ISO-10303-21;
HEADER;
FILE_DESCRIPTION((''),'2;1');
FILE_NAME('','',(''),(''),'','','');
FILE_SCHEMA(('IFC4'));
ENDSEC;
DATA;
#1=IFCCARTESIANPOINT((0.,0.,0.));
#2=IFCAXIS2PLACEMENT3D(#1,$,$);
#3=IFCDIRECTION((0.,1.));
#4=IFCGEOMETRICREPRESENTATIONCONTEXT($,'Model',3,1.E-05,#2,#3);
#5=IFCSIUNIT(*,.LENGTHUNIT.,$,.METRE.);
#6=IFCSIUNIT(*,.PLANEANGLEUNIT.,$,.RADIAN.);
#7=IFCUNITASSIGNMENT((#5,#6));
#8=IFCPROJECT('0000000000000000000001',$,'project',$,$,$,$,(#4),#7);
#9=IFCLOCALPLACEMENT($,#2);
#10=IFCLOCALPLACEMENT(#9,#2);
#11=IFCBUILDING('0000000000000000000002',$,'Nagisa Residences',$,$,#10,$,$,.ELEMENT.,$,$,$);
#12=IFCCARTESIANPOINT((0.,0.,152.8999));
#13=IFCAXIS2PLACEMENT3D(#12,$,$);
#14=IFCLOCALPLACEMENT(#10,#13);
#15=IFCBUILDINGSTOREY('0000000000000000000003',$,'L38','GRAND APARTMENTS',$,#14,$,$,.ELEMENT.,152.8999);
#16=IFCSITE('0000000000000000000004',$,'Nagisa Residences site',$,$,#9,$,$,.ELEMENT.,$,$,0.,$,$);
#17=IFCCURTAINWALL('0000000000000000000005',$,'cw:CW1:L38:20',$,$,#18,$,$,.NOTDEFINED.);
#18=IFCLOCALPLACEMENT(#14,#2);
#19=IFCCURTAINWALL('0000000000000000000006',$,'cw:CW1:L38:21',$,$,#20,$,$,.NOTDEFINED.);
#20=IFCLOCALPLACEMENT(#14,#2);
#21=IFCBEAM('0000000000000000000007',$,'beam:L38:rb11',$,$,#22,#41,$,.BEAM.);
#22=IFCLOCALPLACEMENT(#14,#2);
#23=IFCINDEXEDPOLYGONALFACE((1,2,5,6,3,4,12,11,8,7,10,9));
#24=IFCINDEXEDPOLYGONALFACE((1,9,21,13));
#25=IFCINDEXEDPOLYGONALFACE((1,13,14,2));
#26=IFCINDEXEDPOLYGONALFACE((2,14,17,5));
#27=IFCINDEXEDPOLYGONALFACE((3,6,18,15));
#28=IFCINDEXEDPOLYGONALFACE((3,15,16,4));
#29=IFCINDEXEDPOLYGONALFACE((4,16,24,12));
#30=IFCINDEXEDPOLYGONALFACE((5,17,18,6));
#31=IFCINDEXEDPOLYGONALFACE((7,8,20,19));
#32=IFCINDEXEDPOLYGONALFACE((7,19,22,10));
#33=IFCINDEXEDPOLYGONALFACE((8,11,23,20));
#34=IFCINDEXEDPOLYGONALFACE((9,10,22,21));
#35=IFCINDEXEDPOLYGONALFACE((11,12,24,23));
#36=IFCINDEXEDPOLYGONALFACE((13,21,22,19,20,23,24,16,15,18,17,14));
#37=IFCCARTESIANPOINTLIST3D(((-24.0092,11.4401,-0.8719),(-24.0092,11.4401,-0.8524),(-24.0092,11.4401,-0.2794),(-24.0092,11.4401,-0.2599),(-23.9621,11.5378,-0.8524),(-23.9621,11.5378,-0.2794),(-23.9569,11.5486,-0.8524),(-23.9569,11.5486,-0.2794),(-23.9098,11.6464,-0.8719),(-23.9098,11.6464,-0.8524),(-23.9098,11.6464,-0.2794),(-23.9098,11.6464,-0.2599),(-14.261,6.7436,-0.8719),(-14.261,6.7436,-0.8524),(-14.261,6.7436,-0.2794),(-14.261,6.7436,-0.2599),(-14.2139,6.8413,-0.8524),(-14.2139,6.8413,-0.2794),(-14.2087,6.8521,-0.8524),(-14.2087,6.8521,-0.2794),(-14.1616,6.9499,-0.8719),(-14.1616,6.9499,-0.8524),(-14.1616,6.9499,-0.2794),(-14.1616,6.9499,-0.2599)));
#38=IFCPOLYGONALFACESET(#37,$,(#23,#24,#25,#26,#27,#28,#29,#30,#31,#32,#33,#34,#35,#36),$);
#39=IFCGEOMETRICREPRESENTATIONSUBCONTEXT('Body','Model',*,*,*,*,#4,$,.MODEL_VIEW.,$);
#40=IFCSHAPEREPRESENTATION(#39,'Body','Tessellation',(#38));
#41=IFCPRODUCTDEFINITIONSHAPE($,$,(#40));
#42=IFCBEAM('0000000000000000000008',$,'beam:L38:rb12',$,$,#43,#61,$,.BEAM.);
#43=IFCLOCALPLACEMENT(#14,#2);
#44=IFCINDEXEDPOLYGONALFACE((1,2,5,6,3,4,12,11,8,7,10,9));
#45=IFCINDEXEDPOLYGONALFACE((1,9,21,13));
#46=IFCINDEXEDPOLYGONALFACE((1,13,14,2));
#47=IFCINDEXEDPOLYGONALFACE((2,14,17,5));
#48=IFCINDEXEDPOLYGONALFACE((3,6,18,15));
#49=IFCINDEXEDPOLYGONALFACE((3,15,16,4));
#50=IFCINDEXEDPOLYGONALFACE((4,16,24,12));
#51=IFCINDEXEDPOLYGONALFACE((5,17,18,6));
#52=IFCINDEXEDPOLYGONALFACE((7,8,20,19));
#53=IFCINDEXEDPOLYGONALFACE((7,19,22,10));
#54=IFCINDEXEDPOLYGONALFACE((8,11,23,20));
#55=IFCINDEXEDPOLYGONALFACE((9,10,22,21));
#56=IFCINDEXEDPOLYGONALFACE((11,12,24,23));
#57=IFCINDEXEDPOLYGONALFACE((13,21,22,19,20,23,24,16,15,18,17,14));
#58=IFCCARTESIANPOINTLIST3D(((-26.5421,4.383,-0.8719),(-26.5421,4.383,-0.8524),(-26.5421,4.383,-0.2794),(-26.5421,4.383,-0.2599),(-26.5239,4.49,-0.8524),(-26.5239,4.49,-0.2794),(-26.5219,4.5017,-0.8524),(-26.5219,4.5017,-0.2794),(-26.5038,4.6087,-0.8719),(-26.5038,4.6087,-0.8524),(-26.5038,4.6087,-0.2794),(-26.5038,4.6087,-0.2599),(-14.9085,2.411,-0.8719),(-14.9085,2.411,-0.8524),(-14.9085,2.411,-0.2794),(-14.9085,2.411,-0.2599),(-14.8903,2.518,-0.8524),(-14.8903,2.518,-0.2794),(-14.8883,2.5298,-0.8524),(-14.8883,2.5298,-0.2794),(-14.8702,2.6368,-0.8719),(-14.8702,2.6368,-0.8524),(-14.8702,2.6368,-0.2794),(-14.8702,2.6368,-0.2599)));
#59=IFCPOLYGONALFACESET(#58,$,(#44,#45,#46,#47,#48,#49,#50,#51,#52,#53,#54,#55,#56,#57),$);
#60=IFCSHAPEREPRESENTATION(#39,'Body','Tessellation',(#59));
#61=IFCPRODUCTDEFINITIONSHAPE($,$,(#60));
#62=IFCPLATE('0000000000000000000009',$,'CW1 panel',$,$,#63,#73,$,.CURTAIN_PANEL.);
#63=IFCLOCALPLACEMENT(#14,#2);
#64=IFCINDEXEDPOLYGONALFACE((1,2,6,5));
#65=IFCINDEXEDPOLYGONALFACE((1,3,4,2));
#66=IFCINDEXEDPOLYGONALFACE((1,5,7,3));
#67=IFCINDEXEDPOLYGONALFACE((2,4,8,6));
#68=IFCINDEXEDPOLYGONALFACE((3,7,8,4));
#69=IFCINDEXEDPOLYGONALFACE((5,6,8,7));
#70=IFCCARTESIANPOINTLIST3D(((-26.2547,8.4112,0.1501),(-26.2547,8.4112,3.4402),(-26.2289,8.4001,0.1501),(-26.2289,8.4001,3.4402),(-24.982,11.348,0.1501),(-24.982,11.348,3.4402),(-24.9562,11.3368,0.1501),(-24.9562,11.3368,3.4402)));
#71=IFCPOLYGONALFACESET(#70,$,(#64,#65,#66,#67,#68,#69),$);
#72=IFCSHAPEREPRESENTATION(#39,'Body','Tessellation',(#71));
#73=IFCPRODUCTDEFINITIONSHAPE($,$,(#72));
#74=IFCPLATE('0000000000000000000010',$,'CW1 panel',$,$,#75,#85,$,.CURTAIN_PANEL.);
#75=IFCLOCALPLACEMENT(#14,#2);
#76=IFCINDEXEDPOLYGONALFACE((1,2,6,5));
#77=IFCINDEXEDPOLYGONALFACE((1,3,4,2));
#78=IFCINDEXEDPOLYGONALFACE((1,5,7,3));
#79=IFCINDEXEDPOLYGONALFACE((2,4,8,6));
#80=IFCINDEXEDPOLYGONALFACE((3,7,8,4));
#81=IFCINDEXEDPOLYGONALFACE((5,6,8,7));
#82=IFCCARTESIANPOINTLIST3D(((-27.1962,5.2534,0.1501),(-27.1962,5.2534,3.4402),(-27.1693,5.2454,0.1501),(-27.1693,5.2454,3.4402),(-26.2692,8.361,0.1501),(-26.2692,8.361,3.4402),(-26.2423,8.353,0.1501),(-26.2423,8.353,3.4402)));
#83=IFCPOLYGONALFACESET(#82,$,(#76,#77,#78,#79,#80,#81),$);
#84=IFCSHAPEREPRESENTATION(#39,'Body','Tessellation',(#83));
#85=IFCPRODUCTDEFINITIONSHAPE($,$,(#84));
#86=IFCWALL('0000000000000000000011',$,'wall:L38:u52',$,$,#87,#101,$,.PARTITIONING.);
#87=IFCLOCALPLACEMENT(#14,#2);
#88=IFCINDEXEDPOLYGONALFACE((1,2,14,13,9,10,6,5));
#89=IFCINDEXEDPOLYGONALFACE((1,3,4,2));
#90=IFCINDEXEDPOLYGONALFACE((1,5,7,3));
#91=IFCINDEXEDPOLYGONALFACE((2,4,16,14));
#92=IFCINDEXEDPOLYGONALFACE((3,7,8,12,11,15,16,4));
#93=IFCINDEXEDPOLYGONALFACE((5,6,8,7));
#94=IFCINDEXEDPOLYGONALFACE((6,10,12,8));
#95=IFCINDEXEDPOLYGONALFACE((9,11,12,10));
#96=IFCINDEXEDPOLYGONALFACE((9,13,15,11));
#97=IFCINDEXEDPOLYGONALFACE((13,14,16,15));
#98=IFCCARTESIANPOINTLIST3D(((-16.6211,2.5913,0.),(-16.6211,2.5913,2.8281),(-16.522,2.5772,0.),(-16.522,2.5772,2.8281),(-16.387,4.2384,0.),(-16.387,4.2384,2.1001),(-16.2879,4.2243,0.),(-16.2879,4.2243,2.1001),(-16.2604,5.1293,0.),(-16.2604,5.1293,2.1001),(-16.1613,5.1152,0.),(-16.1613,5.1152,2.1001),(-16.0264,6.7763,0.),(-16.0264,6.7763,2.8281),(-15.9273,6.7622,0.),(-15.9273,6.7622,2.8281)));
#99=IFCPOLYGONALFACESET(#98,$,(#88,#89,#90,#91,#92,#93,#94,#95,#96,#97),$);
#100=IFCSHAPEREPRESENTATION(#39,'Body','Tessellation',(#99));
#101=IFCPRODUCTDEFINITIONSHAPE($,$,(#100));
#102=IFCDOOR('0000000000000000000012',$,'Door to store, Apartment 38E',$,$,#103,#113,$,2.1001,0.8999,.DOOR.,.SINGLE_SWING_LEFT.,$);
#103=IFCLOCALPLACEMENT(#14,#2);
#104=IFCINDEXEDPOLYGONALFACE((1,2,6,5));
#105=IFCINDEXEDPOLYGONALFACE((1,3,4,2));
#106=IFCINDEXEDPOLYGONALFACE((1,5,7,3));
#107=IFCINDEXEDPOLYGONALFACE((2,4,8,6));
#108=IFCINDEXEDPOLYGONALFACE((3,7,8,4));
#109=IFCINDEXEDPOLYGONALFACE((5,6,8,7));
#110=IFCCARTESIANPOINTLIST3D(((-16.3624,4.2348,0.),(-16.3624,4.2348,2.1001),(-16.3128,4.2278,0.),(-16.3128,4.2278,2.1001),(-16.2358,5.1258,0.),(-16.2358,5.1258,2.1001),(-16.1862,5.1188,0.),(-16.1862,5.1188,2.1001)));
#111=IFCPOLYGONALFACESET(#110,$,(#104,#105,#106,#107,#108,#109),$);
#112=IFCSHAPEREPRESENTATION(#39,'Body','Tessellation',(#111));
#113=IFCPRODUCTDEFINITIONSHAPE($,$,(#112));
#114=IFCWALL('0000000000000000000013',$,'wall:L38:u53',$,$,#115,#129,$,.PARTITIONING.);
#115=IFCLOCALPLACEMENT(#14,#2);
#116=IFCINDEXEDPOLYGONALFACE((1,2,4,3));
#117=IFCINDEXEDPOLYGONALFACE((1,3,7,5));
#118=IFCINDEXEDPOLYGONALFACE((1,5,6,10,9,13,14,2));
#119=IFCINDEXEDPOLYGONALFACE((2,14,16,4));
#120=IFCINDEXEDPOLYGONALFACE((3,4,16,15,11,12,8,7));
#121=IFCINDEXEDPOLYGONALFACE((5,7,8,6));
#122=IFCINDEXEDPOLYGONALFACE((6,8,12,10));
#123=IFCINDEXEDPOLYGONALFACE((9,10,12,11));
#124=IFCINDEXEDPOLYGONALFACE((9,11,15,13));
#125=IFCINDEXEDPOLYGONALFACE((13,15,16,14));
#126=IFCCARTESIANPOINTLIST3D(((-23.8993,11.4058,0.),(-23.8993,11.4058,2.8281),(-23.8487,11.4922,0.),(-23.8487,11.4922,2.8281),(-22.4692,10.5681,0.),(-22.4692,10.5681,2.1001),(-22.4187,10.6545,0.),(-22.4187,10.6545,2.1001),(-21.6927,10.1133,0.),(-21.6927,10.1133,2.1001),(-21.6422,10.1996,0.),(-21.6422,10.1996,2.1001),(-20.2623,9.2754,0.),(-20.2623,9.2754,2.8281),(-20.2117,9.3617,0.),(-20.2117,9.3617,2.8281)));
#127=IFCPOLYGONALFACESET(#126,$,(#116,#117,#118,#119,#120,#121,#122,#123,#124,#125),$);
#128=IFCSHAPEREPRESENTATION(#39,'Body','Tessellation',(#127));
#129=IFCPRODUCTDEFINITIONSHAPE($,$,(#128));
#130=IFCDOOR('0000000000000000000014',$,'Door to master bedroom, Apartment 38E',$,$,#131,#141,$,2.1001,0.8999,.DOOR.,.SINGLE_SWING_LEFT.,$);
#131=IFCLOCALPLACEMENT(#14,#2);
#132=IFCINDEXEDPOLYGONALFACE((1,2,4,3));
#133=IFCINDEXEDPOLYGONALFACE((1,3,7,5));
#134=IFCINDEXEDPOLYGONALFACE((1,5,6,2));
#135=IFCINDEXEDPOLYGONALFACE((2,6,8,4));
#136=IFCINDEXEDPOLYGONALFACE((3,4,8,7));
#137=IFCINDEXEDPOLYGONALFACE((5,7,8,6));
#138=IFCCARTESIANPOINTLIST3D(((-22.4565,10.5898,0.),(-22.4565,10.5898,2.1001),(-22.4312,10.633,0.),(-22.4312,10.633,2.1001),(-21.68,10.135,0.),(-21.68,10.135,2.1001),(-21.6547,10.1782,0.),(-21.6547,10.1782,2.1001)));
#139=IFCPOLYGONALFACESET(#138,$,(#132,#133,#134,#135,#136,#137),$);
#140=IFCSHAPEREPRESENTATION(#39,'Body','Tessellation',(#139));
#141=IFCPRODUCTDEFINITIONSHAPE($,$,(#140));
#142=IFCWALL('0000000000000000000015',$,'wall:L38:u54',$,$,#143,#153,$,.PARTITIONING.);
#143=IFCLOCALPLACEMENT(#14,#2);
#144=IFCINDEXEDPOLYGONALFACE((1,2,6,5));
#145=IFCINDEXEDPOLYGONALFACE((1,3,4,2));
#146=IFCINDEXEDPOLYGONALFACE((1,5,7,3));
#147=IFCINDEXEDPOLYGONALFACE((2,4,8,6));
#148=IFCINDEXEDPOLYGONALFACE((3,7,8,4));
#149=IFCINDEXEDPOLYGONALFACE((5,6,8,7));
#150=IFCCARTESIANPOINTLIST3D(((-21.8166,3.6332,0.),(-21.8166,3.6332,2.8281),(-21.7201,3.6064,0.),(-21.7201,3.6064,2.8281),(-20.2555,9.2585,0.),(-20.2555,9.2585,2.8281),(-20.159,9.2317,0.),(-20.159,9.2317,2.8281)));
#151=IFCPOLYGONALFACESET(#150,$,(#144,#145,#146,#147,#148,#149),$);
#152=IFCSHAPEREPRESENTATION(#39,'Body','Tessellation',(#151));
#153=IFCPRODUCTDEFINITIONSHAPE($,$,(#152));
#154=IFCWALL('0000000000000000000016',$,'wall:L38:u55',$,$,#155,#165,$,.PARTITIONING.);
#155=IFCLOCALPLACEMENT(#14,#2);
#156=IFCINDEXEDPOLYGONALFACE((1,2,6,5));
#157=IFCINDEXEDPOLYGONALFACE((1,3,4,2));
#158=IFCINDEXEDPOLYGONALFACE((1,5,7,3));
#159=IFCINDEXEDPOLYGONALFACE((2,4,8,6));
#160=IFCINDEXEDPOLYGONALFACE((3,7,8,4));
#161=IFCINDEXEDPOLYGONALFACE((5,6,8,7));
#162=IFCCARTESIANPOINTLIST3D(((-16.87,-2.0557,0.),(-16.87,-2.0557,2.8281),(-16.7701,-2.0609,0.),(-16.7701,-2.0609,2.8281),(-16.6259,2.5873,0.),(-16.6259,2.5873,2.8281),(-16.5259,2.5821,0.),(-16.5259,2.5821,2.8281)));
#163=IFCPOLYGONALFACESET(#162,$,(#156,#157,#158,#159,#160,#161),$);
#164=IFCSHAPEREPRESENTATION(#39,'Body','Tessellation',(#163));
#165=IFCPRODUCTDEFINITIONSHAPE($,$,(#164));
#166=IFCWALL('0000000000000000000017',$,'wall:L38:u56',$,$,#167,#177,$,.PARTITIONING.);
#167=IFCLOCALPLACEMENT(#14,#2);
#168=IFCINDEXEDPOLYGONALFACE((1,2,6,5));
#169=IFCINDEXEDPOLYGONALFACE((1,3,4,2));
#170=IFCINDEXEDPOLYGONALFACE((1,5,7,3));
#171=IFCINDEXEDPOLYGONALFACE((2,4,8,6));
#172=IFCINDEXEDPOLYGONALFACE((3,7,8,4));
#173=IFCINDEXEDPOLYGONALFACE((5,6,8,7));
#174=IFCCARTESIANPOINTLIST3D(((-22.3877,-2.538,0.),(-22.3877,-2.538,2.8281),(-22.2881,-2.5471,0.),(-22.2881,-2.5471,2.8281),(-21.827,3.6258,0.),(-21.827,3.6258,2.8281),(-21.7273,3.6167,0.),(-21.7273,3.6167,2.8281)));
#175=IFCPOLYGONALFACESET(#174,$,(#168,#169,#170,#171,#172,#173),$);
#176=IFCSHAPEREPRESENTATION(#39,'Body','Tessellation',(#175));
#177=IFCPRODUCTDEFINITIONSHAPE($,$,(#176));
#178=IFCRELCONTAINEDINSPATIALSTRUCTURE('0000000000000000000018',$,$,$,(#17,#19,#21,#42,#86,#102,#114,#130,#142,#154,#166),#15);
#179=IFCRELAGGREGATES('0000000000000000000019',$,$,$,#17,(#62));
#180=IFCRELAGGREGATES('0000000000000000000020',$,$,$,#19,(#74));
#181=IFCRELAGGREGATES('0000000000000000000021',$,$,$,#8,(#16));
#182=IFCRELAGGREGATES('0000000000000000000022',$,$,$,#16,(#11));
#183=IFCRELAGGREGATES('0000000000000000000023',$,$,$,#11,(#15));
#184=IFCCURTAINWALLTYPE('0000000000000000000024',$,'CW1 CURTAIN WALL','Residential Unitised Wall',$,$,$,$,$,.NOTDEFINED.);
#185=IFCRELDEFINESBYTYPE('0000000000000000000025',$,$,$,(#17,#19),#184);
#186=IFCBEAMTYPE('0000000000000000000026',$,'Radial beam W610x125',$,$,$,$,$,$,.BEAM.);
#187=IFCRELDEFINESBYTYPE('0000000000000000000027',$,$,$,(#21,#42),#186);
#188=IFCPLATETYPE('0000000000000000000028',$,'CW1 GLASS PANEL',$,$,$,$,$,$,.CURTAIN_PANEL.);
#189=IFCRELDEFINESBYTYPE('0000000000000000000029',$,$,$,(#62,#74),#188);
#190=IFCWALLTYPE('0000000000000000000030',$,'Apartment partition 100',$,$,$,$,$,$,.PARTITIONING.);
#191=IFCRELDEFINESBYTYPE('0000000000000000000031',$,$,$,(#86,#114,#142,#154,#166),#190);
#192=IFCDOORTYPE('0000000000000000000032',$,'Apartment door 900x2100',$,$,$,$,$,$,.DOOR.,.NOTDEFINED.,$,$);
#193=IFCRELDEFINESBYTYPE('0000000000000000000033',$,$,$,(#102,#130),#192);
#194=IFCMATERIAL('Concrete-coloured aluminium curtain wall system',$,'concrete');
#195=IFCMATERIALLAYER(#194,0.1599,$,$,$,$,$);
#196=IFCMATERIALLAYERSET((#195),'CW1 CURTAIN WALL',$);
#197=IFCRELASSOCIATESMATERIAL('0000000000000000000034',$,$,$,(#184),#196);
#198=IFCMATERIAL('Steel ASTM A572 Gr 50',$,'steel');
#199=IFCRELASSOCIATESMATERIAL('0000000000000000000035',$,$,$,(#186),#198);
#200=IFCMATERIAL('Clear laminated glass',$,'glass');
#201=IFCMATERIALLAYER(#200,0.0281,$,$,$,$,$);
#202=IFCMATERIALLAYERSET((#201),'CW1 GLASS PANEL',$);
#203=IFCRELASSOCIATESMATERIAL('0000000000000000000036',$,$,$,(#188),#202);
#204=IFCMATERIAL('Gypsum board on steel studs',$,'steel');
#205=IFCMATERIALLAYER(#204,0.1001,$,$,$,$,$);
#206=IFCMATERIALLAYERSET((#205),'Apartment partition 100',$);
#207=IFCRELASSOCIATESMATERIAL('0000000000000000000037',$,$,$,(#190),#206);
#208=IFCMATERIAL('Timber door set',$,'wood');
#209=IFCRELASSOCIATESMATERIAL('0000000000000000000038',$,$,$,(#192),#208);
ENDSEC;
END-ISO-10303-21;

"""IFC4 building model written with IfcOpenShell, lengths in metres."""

from ifc_helpers import new_model, si_unit, direction, frame, frame_2d, origin, origin_2d, place, context, subcontext, project, spatial, rectangle, i_section, extrude, material, layer, layer_set, material_profile, profile_set, type_object, element, fill, aggregate, save


model = new_model("IFC4")

# Units and contexts
model_context = context("Model", 3, precision=1e-05, world=origin(), true_north=direction((0.0, 1.0)))
body_context = subcontext(model_context, "Body", "Model", "MODEL_VIEW")
ifc_project = project(units=[si_unit("LENGTHUNIT", "METRE"), si_unit("PLANEANGLEUNIT", "RADIAN")], contexts=[model_context])

# Site, building, storey
site_placement = place(None, origin())
site = spatial("IfcSite", under=ifc_project, at=site_placement, Name="Nagisa Residences site", CompositionType="ELEMENT", RefElevation=0.0)
building_placement = place(site_placement, origin())
building = spatial("IfcBuilding", under=site, at=building_placement, Name="Nagisa Residences", CompositionType="ELEMENT")
storey_placement = place(building_placement, frame((0.0, 0.0, 152.8999)))
storey = spatial("IfcBuildingStorey", under=building, at=storey_placement, Name="L38", Description="GRAND APARTMENTS", CompositionType="ELEMENT", Elevation=152.8999)

# Curtain walls
ifc_material_1 = material(Name="Concrete-coloured aluminium curtain wall system", Category="concrete")
ifc_layer_1 = layer(ifc_material_1, 0.1599)
ifc_layer_set_1 = layer_set([ifc_layer_1], Name="CW1 CURTAIN WALL")
curtain_wall_type = type_object("IfcCurtainWallType", Name="CW1 CURTAIN WALL", Description="Residential Unitised Wall", PredefinedType="NOTDEFINED", material=ifc_layer_set_1)
curtain_wall_1_placement = place(storey_placement, origin())
curtain_wall_1 = element("IfcCurtainWall", 1, at=curtain_wall_1_placement, inside=storey, type_object=curtain_wall_type, Name="cw:CW1:L38:20", PredefinedType="NOTDEFINED")
curtain_wall_2_placement = place(storey_placement, origin())
curtain_wall_2 = element("IfcCurtainWall", 2, at=curtain_wall_2_placement, inside=storey, type_object=curtain_wall_type, Name="cw:CW1:L38:21", PredefinedType="NOTDEFINED")

# Beams
ifc_material_2 = material(Name="Steel ASTM A572 Gr 50", Category="steel")
ifc_material_profile_1 = material_profile(ifc_material_2, i_section(OverallWidth=0.229, OverallDepth=0.6121, WebThickness=0.012, FlangeThickness=0.0195, at=origin_2d()), Name="W610x125")
ifc_profile_set_1 = profile_set([ifc_material_profile_1], Name="Steel ASTM A572 Gr 50")
beam_type_1 = type_object("IfcBeamType", Name="Radial beam W610x125", PredefinedType="BEAM", material=ifc_profile_set_1)
beam_1_placement = place(storey_placement, frame((-23.9595, 11.5432, -0.5659), z_axis=(0.900896, -0.434034, 0.0), x_axis=(0.434034, 0.900896, 0.0)))
element("IfcBeam", 3, at=beam_1_placement, inside=storey, type_object=beam_type_1, Name="beam:L38:rb11", PredefinedType="BEAM", context=body_context, shape_type="SweptSolid", body=[
    extrude(i_section(OverallWidth=0.229, OverallDepth=0.6121, WebThickness=0.012, FlangeThickness=0.0195, at=origin_2d()), origin(), (0.0, 0.0, 1.0), 10.8206),
])
beam_2_placement = place(storey_placement, frame((-26.5229, 4.4958, -0.5659), z_axis=(0.985937, -0.167119, 0.0), x_axis=(0.167119, 0.985937, 0.0)))
element("IfcBeam", 4, at=beam_2_placement, inside=storey, type_object=beam_type_1, Name="beam:L38:rb12", PredefinedType="BEAM", context=body_context, shape_type="SweptSolid", body=[
    extrude(i_section(OverallWidth=0.229, OverallDepth=0.6121, WebThickness=0.012, FlangeThickness=0.0195, at=origin_2d()), origin(), (0.0, 0.0, 1.0), 11.7996),
])

# Plates
ifc_material_3 = material(Name="Clear laminated glass", Category="glass")
ifc_layer_2 = layer(ifc_material_3, 0.0281)
ifc_layer_set_2 = layer_set([ifc_layer_2], Name="CW1 GLASS PANEL")
plate_type = type_object("IfcPlateType", Name="CW1 GLASS PANEL", PredefinedType="CURTAIN_PANEL", material=ifc_layer_set_2)
plate_1_placement = place(storey_placement, frame((-25.6055, 9.874, 0.1501), z_axis=(0.0, 0.0, 1.0), x_axis=(-0.397636, -0.917543, 0.0)))
plate_1 = element("IfcPlate", 5, at=plate_1_placement, type_object=plate_type, Name="CW1 panel", PredefinedType="CURTAIN_PANEL", context=body_context, shape_type="SweptSolid", body=[
    extrude(rectangle(XDim=3.2007, YDim=0.0281, at=origin_2d()), origin(), (0.0, 0.0, 1.0), 3.29),
])
aggregate(curtain_wall_1, [plate_1])
plate_2_placement = place(storey_placement, frame((-26.7192, 6.8032, 0.1501), z_axis=(0.0, 0.0, 1.0), x_axis=(-0.28586, -0.958271, 0.0)))
plate_2 = element("IfcPlate", 6, at=plate_2_placement, type_object=plate_type, Name="CW1 panel", PredefinedType="CURTAIN_PANEL", context=body_context, shape_type="SweptSolid", body=[
    extrude(rectangle(XDim=3.2429, YDim=0.0281, at=origin_2d()), origin(), (0.0, 0.0, 1.0), 3.29),
])
aggregate(curtain_wall_2, [plate_2])

# Walls, openings, doors
ifc_material_4 = material(Name="Gypsum board on steel studs", Category="steel")
ifc_layer_3 = layer(ifc_material_4, 0.1001)
ifc_layer_set_3 = layer_set([ifc_layer_3], Name="Apartment partition 100")
wall_type_1 = type_object("IfcWallType", Name="Apartment partition 100", PredefinedType="PARTITIONING", material=ifc_layer_set_3)
wall_1_placement = place(storey_placement, frame((-15.9768, 6.7693, 0.0), z_axis=(0.0, 0.0, 1.0), x_axis=(-0.140694, -0.990053, 0.0)))
wall_1 = element("IfcWall", 7, at=wall_1_placement, inside=storey, type_object=wall_type_1, Name="wall:L38:u52", PredefinedType="PARTITIONING", context=body_context, shape_type="SweptSolid", body=[
    extrude(rectangle(XDim=4.2271, YDim=0.1001, at=frame_2d((2.1135, 0.0))), origin(), (0.0, 0.0, 1.0), 2.8281),
])
opening_1_placement = place(wall_1_placement, frame((1.6636, 0.0, 0.0)))
opening_1 = element("IfcOpeningElement", 8, at=opening_1_placement, cuts=wall_1, PredefinedType="OPENING", context=body_context, shape_type="SweptSolid", body=[
    extrude(rectangle(XDim=0.8999, YDim=2.1001, at=frame_2d((0.45, 1.05))), frame((0.0, 0.0601, 0.0), z_axis=(0.0, -1.0, 0.0), x_axis=(1.0, 0.0, 0.0)), (0.0, 0.0, 1.0), 0.1201),
])
ifc_material_5 = material(Name="Timber door set", Category="wood")
door_type_1 = type_object("IfcDoorType", Name="Apartment door 900x2100", OperationType="NOTDEFINED", PredefinedType="DOOR", material=ifc_material_5)
door_1_placement = place(opening_1_placement, origin())
door_1 = element("IfcDoor", 9, at=door_1_placement, inside=storey, type_object=door_type_1, Name="Door to store, Apartment 38E", OperationType="SINGLE_SWING_LEFT", OverallHeight=2.1001, OverallWidth=0.8999, PredefinedType="DOOR", context=body_context, shape_type="SweptSolid", body=[
    extrude(rectangle(XDim=0.8999, YDim=2.1001, at=frame_2d((0.45, 1.05))), frame((0.0, 0.0249, 0.0), z_axis=(0.0, -1.0, 0.0), x_axis=(1.0, 0.0, 0.0)), (0.0, 0.0, 1.0), 0.05),
])
fill(opening_1, door_1)
wall_2_placement = place(storey_placement, frame((-20.2371, 9.3186, 0.0), z_axis=(0.0, 0.0, 1.0), x_axis=(-0.862868, 0.50543, 0.0)))
wall_2 = element("IfcWall", 10, at=wall_2_placement, inside=storey, type_object=wall_type_1, Name="wall:L38:u53", PredefinedType="PARTITIONING", context=body_context, shape_type="SweptSolid", body=[
    extrude(rectangle(XDim=4.2151, YDim=0.1001, at=frame_2d((2.1074, 0.0))), origin(), (0.0, 0.0, 1.0), 2.8281),
])
opening_2_placement = place(wall_2_placement, frame((1.6577, 0.0, 0.0)))
opening_2 = element("IfcOpeningElement", 11, at=opening_2_placement, cuts=wall_2, PredefinedType="OPENING", context=body_context, shape_type="SweptSolid", body=[
    extrude(rectangle(XDim=0.8999, YDim=2.1001, at=frame_2d((0.45, 1.05))), frame((0.0, 0.0601, 0.0), z_axis=(0.0, -1.0, 0.0), x_axis=(1.0, 0.0, 0.0)), (0.0, 0.0, 1.0), 0.1201),
])
door_2_placement = place(opening_2_placement, origin())
door_2 = element("IfcDoor", 12, at=door_2_placement, inside=storey, type_object=door_type_1, Name="Door to master bedroom, Apartment 38E", OperationType="SINGLE_SWING_LEFT", OverallHeight=2.1001, OverallWidth=0.8999, PredefinedType="DOOR", context=body_context, shape_type="SweptSolid", body=[
    extrude(rectangle(XDim=0.8999, YDim=2.1001, at=frame_2d((0.45, 1.05))), frame((0.0, 0.0249, 0.0), z_axis=(0.0, -1.0, 0.0), x_axis=(1.0, 0.0, 0.0)), (0.0, 0.0, 1.0), 0.05),
])
fill(opening_2, door_2)

# Walls
wall_3_placement = place(storey_placement, frame((-20.2073, 9.2451, 0.0), z_axis=(0.0, 0.0, 1.0), x_axis=(-0.2674, -0.963586, 0.0)))
element("IfcWall", 13, at=wall_3_placement, inside=storey, type_object=wall_type_1, Name="wall:L38:u54", PredefinedType="PARTITIONING", context=body_context, shape_type="SweptSolid", body=[
    extrude(rectangle(XDim=5.8379, YDim=0.1001, at=frame_2d((2.9189, 0.0))), origin(), (0.0, 0.0, 1.0), 2.8281),
])
wall_4_placement = place(storey_placement, frame((-16.5759, 2.5847, 0.0), z_axis=(0.0, 0.0, 1.0), x_axis=(-0.052509, -0.99862, 0.0)))
element("IfcWall", 14, at=wall_4_placement, inside=storey, type_object=wall_type_1, Name="wall:L38:u55", PredefinedType="PARTITIONING", context=body_context, shape_type="SweptSolid", body=[
    extrude(rectangle(XDim=4.6494, YDim=0.1001, at=frame_2d((2.3247, 0.0))), origin(), (0.0, 0.0, 1.0), 2.8281),
])
wall_5_placement = place(storey_placement, frame((-21.7771, 3.6213, 0.0), z_axis=(0.0, 0.0, 1.0), x_axis=(-0.090607, -0.995887, 0.0)))
element("IfcWall", 15, at=wall_5_placement, inside=storey, type_object=wall_type_1, Name="wall:L38:u56", PredefinedType="PARTITIONING", context=body_context, shape_type="SweptSolid", body=[
    extrude(rectangle(XDim=6.1892, YDim=0.1001, at=frame_2d((3.0947, 0.0))), origin(), (0.0, 0.0, 1.0), 2.8281),
])

save(model, "model.ifc")
